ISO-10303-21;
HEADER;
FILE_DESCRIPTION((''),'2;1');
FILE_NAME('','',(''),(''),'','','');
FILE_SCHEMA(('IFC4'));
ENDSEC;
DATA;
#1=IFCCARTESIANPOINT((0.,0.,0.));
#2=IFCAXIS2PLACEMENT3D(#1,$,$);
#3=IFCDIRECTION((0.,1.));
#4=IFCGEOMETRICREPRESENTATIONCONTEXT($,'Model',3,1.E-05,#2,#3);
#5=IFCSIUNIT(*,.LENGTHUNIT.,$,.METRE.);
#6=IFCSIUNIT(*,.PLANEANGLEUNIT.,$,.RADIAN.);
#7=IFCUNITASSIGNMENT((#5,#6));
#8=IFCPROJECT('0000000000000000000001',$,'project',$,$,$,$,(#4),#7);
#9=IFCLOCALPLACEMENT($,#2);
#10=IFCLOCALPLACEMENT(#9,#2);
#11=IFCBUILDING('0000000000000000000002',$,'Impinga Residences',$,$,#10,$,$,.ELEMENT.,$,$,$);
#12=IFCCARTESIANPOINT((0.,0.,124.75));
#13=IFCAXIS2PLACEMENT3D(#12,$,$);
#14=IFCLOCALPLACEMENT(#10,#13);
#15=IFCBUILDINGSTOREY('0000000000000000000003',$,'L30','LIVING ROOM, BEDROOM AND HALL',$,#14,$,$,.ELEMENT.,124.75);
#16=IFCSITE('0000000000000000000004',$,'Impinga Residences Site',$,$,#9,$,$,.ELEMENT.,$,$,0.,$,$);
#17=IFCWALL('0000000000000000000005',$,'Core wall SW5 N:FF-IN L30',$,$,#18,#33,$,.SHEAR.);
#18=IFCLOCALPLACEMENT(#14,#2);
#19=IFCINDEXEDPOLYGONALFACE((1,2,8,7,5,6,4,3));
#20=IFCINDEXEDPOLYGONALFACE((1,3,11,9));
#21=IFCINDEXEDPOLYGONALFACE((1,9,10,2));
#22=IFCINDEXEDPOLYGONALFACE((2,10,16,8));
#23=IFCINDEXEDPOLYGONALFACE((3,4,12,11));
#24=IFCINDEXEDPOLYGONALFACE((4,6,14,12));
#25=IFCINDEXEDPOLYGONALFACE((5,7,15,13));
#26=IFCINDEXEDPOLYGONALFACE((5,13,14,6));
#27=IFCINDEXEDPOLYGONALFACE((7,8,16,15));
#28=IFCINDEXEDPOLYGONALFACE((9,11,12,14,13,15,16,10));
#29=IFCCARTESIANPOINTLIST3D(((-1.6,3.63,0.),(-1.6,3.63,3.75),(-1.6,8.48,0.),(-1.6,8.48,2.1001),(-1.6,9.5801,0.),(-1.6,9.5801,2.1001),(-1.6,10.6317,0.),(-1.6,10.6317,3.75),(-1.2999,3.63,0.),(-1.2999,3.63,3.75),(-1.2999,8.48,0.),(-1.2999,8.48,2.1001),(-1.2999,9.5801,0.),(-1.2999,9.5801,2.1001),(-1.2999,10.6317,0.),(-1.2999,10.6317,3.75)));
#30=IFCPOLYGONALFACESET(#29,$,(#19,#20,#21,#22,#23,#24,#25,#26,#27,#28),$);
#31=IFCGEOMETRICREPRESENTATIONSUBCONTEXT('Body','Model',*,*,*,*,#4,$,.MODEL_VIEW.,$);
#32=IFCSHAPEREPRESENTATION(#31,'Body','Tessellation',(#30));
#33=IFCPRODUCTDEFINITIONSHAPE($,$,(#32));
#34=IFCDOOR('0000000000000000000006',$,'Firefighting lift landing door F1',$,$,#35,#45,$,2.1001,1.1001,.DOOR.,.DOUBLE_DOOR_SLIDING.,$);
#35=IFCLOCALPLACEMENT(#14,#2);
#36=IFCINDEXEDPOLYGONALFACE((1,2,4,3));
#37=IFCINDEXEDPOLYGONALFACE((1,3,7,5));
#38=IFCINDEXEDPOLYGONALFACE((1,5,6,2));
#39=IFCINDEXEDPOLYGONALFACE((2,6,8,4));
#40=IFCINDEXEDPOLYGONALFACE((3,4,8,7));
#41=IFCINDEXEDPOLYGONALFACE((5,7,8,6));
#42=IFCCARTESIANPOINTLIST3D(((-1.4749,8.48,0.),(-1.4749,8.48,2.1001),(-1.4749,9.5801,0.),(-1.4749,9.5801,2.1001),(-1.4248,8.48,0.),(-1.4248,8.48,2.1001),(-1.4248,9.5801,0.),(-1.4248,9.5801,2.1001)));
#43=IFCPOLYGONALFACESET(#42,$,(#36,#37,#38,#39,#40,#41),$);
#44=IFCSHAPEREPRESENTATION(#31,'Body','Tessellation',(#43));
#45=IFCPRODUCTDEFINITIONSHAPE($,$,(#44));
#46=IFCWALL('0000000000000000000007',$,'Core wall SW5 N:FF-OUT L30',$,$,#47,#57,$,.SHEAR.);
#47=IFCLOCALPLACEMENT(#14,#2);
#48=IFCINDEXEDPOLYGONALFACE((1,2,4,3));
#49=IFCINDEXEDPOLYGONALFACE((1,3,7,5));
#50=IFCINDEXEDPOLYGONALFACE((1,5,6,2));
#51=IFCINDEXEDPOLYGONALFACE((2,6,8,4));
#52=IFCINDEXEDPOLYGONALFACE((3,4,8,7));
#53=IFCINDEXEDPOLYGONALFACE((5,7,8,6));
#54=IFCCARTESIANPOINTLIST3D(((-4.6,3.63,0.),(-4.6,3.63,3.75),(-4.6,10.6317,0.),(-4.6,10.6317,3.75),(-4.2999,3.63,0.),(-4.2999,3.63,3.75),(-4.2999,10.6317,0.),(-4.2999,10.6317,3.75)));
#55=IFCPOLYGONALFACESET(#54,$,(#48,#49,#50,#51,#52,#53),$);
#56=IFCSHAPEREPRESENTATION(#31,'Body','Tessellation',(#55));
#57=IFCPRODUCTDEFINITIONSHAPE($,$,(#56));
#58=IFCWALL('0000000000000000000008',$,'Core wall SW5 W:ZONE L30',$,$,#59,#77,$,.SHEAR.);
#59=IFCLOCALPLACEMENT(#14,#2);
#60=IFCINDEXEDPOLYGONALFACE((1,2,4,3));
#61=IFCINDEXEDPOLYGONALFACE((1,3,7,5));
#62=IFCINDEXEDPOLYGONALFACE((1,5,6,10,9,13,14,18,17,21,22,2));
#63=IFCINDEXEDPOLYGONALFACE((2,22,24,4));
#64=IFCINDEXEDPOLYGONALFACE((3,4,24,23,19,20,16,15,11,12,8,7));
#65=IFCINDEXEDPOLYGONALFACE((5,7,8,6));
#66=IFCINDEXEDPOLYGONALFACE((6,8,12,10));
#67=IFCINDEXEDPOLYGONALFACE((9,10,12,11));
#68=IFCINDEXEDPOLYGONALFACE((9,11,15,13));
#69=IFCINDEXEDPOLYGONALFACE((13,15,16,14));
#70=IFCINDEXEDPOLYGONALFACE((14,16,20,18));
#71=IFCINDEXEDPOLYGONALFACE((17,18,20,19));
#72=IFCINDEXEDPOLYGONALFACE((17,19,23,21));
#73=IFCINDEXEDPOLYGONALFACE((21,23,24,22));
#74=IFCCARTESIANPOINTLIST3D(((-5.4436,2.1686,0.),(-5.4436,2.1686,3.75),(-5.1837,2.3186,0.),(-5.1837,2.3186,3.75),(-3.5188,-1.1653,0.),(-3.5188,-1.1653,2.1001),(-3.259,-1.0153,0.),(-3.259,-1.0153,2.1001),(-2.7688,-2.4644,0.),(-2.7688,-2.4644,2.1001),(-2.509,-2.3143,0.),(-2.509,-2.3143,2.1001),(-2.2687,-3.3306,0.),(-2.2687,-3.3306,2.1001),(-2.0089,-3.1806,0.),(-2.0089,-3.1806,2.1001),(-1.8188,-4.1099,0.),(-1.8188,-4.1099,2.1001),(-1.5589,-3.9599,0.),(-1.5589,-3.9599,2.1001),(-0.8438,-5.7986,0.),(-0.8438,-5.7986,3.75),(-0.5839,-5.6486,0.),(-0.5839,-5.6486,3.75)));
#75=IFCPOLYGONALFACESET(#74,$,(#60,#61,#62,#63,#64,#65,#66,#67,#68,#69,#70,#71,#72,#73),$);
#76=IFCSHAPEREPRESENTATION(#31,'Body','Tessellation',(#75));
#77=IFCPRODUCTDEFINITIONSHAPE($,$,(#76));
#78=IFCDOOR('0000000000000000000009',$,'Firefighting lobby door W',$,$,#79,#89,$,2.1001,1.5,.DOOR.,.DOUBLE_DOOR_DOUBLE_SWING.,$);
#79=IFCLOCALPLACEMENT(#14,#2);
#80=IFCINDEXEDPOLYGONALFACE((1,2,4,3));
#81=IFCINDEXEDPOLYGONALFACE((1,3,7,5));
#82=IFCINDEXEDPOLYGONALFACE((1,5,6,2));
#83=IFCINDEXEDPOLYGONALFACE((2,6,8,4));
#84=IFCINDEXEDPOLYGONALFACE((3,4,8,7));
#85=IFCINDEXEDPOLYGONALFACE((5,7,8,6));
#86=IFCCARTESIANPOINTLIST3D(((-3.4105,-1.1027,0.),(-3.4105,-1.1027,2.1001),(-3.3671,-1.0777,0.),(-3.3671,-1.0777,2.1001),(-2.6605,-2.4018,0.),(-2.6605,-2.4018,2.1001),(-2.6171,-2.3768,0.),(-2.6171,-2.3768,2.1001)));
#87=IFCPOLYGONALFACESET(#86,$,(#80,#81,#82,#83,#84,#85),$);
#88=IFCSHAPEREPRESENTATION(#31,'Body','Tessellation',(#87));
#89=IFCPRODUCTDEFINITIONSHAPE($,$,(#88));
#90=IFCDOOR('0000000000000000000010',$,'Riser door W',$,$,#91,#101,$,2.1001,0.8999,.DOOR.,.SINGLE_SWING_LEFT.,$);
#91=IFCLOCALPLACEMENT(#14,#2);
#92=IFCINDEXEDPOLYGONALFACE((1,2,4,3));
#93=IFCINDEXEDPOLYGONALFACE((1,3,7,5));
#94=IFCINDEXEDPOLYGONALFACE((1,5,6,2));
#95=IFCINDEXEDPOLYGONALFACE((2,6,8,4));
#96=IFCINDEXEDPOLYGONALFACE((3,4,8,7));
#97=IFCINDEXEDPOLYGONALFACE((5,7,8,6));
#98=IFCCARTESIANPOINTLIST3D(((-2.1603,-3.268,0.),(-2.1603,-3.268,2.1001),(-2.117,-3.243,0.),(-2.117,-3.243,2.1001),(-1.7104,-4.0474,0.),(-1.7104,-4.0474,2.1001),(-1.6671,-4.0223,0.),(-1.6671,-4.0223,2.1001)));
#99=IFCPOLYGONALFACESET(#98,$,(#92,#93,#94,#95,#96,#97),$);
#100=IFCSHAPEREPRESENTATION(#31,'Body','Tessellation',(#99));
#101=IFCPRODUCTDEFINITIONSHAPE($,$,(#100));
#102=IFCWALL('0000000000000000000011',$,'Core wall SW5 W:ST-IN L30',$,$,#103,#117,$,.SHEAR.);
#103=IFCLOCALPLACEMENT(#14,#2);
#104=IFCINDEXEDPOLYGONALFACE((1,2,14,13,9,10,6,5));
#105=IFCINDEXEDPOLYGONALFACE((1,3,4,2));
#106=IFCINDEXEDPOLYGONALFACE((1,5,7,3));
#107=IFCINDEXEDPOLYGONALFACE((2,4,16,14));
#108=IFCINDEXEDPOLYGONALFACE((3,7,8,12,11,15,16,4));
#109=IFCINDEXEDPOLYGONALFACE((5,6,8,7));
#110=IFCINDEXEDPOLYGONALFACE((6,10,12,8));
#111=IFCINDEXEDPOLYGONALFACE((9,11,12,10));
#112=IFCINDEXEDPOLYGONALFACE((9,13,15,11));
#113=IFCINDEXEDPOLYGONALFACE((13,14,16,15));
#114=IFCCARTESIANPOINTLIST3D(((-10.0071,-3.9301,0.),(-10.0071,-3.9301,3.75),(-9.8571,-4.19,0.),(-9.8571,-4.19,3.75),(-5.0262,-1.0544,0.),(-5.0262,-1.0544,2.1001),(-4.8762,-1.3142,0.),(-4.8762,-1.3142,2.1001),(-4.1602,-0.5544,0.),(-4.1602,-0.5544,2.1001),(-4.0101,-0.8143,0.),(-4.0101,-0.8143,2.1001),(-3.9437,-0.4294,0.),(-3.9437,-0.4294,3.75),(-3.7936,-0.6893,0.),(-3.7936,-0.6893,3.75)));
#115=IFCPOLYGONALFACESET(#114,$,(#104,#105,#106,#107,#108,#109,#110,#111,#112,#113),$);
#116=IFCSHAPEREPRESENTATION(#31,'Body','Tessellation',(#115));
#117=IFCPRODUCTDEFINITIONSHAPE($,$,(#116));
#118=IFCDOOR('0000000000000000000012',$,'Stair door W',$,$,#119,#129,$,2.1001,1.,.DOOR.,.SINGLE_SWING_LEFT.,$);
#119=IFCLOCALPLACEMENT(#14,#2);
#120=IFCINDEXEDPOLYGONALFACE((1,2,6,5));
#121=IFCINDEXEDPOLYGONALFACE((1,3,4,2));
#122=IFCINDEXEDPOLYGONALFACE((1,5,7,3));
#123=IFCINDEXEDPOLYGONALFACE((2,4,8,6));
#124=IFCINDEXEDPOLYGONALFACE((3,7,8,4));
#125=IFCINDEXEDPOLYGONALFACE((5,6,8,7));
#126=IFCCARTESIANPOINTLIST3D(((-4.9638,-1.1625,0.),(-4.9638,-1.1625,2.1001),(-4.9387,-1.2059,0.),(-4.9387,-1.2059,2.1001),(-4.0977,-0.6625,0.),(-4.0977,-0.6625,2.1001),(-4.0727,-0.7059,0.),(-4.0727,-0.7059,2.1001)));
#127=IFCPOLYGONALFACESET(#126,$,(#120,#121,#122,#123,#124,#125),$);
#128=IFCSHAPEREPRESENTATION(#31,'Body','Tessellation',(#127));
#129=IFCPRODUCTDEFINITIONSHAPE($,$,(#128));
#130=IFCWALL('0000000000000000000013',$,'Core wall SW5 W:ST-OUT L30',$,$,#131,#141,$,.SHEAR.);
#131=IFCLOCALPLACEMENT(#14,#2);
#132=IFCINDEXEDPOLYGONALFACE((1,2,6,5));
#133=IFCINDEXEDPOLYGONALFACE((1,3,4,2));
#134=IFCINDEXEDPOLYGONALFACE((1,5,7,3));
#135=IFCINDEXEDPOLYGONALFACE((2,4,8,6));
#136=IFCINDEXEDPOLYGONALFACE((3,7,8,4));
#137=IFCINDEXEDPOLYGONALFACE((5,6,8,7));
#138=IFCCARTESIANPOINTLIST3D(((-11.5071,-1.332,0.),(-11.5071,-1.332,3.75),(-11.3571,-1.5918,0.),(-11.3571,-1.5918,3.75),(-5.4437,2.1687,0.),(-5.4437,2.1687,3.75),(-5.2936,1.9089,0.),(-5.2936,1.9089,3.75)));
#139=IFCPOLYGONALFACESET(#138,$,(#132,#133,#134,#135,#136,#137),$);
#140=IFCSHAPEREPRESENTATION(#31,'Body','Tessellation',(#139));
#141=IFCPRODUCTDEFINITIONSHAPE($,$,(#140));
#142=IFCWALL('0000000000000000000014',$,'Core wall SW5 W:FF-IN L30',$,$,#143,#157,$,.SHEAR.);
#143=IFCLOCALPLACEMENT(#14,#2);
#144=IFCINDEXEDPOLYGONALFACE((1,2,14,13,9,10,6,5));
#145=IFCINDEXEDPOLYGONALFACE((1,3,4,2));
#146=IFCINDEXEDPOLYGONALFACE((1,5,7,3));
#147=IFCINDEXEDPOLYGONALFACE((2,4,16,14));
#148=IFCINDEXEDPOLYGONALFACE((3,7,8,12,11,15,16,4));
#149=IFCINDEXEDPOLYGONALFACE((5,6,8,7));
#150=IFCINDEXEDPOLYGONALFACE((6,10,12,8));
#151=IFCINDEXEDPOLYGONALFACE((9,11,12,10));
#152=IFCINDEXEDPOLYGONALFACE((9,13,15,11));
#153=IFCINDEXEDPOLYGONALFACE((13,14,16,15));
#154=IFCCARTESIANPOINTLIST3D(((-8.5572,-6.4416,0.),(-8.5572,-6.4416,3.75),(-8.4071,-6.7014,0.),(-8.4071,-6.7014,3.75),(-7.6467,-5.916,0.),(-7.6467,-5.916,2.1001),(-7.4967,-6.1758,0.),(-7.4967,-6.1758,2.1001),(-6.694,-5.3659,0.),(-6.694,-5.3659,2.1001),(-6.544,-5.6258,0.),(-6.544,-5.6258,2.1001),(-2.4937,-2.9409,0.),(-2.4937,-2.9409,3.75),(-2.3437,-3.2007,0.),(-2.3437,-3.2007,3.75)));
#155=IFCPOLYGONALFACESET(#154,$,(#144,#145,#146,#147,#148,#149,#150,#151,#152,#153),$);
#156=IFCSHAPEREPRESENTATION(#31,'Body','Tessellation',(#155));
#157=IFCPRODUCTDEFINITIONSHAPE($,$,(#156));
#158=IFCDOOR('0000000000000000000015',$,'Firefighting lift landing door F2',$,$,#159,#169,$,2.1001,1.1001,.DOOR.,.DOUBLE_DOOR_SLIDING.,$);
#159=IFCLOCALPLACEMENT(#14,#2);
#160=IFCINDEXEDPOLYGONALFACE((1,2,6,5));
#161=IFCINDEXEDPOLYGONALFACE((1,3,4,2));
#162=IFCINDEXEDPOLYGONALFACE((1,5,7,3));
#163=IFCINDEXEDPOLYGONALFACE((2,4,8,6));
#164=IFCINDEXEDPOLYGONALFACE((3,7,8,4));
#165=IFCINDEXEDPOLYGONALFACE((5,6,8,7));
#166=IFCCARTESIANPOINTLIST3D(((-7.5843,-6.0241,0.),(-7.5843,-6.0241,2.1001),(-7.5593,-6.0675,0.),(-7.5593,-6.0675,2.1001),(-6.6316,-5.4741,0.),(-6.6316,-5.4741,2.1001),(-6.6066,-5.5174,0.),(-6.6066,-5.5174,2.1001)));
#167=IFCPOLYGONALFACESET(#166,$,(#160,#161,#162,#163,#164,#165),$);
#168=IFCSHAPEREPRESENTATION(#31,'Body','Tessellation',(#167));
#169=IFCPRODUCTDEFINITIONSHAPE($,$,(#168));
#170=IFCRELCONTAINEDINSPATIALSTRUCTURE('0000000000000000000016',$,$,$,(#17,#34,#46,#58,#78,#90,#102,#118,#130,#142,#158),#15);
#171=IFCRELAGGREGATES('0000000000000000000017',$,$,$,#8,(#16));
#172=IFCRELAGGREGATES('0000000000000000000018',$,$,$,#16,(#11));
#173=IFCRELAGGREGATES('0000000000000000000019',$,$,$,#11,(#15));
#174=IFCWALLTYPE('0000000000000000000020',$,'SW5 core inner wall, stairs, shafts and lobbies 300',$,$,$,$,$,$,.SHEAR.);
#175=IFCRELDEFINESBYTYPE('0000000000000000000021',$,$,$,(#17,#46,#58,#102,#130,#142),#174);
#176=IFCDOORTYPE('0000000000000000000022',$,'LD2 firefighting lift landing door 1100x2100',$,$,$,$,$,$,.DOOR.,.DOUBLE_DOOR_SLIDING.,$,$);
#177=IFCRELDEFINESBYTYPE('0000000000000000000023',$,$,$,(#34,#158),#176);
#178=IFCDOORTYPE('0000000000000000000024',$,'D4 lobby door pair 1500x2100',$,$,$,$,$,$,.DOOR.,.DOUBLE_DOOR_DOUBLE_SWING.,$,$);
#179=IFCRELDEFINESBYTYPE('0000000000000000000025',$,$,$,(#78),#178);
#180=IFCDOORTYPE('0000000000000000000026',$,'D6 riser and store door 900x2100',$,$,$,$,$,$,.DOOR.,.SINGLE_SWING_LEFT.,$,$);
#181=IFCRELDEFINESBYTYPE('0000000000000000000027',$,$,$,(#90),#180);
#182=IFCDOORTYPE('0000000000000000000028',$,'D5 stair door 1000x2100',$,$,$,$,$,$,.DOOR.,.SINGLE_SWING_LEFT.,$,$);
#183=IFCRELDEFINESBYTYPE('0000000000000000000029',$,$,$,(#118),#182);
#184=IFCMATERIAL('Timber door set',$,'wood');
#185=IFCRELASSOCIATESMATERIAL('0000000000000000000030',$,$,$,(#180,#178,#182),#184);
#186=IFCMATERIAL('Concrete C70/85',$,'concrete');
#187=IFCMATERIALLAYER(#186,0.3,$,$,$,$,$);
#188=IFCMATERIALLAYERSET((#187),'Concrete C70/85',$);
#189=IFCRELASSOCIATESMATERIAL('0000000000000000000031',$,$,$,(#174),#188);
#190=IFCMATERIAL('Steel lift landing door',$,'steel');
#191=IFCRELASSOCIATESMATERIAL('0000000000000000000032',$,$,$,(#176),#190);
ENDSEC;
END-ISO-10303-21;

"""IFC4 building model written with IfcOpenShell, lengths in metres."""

from ifc_helpers import new_model, si_unit, direction, frame, frame_2d, origin, place, context, subcontext, project, spatial, rectangle, extrude, material, layer, layer_set, type_object, element, fill, save


model = new_model("IFC4")

# Units and contexts
model_context = context("Model", 3, precision=1e-05, world=origin(), true_north=direction((0.0, 1.0)))
body_context = subcontext(model_context, "Body", "Model", "MODEL_VIEW")
ifc_project = project(units=[si_unit("LENGTHUNIT", "METRE"), si_unit("PLANEANGLEUNIT", "RADIAN")], contexts=[model_context])

# Site, building, storey
site_placement = place(None, origin())
site = spatial("IfcSite", under=ifc_project, at=site_placement, Name="Impinga Residences Site", CompositionType="ELEMENT", RefElevation=0.0)
building_placement = place(site_placement, origin())
building = spatial("IfcBuilding", under=site, at=building_placement, Name="Impinga Residences", CompositionType="ELEMENT")
storey_placement = place(building_placement, frame((0.0, 0.0, 124.75)))
storey = spatial("IfcBuildingStorey", under=building, at=storey_placement, Name="L30", Description="LIVING ROOM, BEDROOM AND HALL", CompositionType="ELEMENT", Elevation=124.75)

# Shared definitions
ifc_material_1 = material(Name="Timber door set", Category="wood")
door_type_1 = type_object("IfcDoorType", Name="D6 riser and store door 900x2100", OperationType="SINGLE_SWING_LEFT", PredefinedType="DOOR", material=ifc_material_1)

# Shared definitions
ifc_material_2 = material(Name="Concrete C70/85", Category="concrete")
ifc_layer_1 = layer(ifc_material_2, 0.3)
ifc_layer_set_1 = layer_set([ifc_layer_1], Name="Concrete C70/85")
wall_type_1 = type_object("IfcWallType", Name="SW5 core inner wall, stairs, shafts and lobbies 300", PredefinedType="SHEAR", material=ifc_layer_set_1)
door_type_2 = type_object("IfcDoorType", Name="D4 lobby door pair 1500x2100", OperationType="DOUBLE_DOOR_DOUBLE_SWING", PredefinedType="DOOR", material=ifc_material_1)

# Wall, opening, door
wall_1_placement = place(storey_placement, frame((-1.45, 3.6299, 0.0), z_axis=(0.0, 0.0, 1.0), x_axis=(0.0, 1.0, 0.0)))
wall_1 = element("IfcWall", 1, at=wall_1_placement, inside=storey, type_object=wall_type_1, Name="Core wall SW5 N:FF-IN L30", PredefinedType="SHEAR", context=body_context, shape_type="SweptSolid", body=[
    extrude(rectangle(XDim=7.0017, YDim=0.3, at=frame_2d((3.501, 0.0))), origin(), (0.0, 0.0, 1.0), 3.75),
])
opening_1_placement = place(wall_1_placement, frame((4.8501, 0.0, 0.0)))
opening_1 = element("IfcOpeningElement", 2, at=opening_1_placement, cuts=wall_1, PredefinedType="OPENING", context=body_context, shape_type="SweptSolid", body=[
    extrude(rectangle(XDim=1.1001, YDim=2.1001, at=frame_2d((0.55, 1.05))), frame((0.0, 0.1599, 0.0), z_axis=(0.0, -1.0, 0.0), x_axis=(1.0, 0.0, 0.0)), (0.0, 0.0, 1.0), 0.3201),
])
ifc_material_3 = material(Name="Steel lift landing door", Category="steel")
door_type_3 = type_object("IfcDoorType", Name="LD2 firefighting lift landing door 1100x2100", OperationType="DOUBLE_DOOR_SLIDING", PredefinedType="DOOR", material=ifc_material_3)
door_1_placement = place(opening_1_placement, origin())
door_1 = element("IfcDoor", 3, at=door_1_placement, inside=storey, type_object=door_type_3, Name="Firefighting lift landing door F1", OperationType="DOUBLE_DOOR_SLIDING", OverallHeight=2.1001, OverallWidth=1.1001, PredefinedType="DOOR", context=body_context, shape_type="SweptSolid", body=[
    extrude(rectangle(XDim=1.1001, YDim=2.1001, at=frame_2d((0.55, 1.05))), frame((0.0, 0.0249, 0.0), z_axis=(0.0, -1.0, 0.0), x_axis=(1.0, 0.0, 0.0)), (0.0, 0.0, 1.0), 0.05),
])
fill(opening_1, door_1)

# Wall
wall_2_placement = place(storey_placement, frame((-4.45, 3.6299, 0.0), z_axis=(0.0, 0.0, 1.0), x_axis=(0.0, 1.0, 0.0)))
element("IfcWall", 4, at=wall_2_placement, inside=storey, type_object=wall_type_1, Name="Core wall SW5 N:FF-OUT L30", PredefinedType="SHEAR", context=body_context, shape_type="SweptSolid", body=[
    extrude(rectangle(XDim=7.0017, YDim=0.3, at=frame_2d((3.501, 0.0))), origin(), (0.0, 0.0, 1.0), 3.75),
])

# Wall, openings, doors
wall_3_placement = place(storey_placement, frame((-0.7139, -5.7236, 0.0), z_axis=(0.0, 0.0, 1.0), x_axis=(-0.499995, 0.866028, 0.0)))
wall_3 = element("IfcWall", 5, at=wall_3_placement, inside=storey, type_object=wall_type_1, Name="Core wall SW5 W:ZONE L30", PredefinedType="SHEAR", context=body_context, shape_type="SweptSolid", body=[
    extrude(rectangle(XDim=9.1997, YDim=0.3, at=frame_2d((4.5999, 0.0))), origin(), (0.0, 0.0, 1.0), 3.75),
])
opening_2_placement = place(wall_3_placement, frame((3.8501, 0.0, 0.0)))
opening_2 = element("IfcOpeningElement", 6, at=opening_2_placement, cuts=wall_3, PredefinedType="OPENING", context=body_context, shape_type="SweptSolid", body=[
    extrude(rectangle(XDim=1.5, YDim=2.1001, at=frame_2d((0.75, 1.05))), frame((0.0, 0.1599, 0.0), z_axis=(0.0, -1.0, 0.0), x_axis=(1.0, 0.0, 0.0)), (0.0, 0.0, 1.0), 0.3201),
])
opening_3_placement = place(wall_3_placement, frame((1.95, 0.0, 0.0)))
opening_3 = element("IfcOpeningElement", 7, at=opening_3_placement, cuts=wall_3, PredefinedType="OPENING", context=body_context, shape_type="SweptSolid", body=[
    extrude(rectangle(XDim=0.8999, YDim=2.1001, at=frame_2d((0.45, 1.05))), frame((0.0, 0.1599, 0.0), z_axis=(0.0, -1.0, 0.0), x_axis=(1.0, 0.0, 0.0)), (0.0, 0.0, 1.0), 0.3201),
])
door_2_placement = place(opening_2_placement, origin())
door_2 = element("IfcDoor", 8, at=door_2_placement, inside=storey, type_object=door_type_2, Name="Firefighting lobby door W", OperationType="DOUBLE_DOOR_DOUBLE_SWING", OverallHeight=2.1001, OverallWidth=1.5, PredefinedType="DOOR", context=body_context, shape_type="SweptSolid", body=[
    extrude(rectangle(XDim=1.5, YDim=2.1001, at=frame_2d((0.75, 1.05))), frame((0.0, 0.0249, 0.0), z_axis=(0.0, -1.0, 0.0), x_axis=(1.0, 0.0, 0.0)), (0.0, 0.0, 1.0), 0.05),
])
fill(opening_2, door_2)
door_3_placement = place(opening_3_placement, origin())
door_3 = element("IfcDoor", 9, at=door_3_placement, inside=storey, type_object=door_type_1, Name="Riser door W", OperationType="SINGLE_SWING_LEFT", OverallHeight=2.1001, OverallWidth=0.8999, PredefinedType="DOOR", context=body_context, shape_type="SweptSolid", body=[
    extrude(rectangle(XDim=0.8999, YDim=2.1001, at=frame_2d((0.45, 1.05))), frame((0.0, 0.0249, 0.0), z_axis=(0.0, -1.0, 0.0), x_axis=(1.0, 0.0, 0.0)), (0.0, 0.0, 1.0), 0.05),
])
fill(opening_3, door_3)

# Wall, opening, door
wall_4_placement = place(storey_placement, frame((-3.8687, -0.5593, 0.0), z_axis=(0.0, 0.0, 1.0), x_axis=(-0.866026, -0.499998, 0.0)))
wall_4 = element("IfcWall", 10, at=wall_4_placement, inside=storey, type_object=wall_type_1, Name="Core wall SW5 W:ST-IN L30", PredefinedType="SHEAR", context=body_context, shape_type="SweptSolid", body=[
    extrude(rectangle(XDim=7.0015, YDim=0.3, at=frame_2d((3.5007, 0.0))), origin(), (0.0, 0.0, 1.0), 3.75),
])
opening_4_placement = place(wall_4_placement, frame((0.25, 0.0, 0.0)))
opening_4 = element("IfcOpeningElement", 11, at=opening_4_placement, cuts=wall_4, PredefinedType="OPENING", context=body_context, shape_type="SweptSolid", body=[
    extrude(rectangle(XDim=1.0, YDim=2.1001, at=frame_2d((0.5, 1.05))), frame((0.0, 0.1599, 0.0), z_axis=(0.0, -1.0, 0.0), x_axis=(1.0, 0.0, 0.0)), (0.0, 0.0, 1.0), 0.3201),
])
door_type_4 = type_object("IfcDoorType", Name="D5 stair door 1000x2100", OperationType="SINGLE_SWING_LEFT", PredefinedType="DOOR", material=ifc_material_1)
door_4_placement = place(opening_4_placement, origin())
door_4 = element("IfcDoor", 12, at=door_4_placement, inside=storey, type_object=door_type_4, Name="Stair door W", OperationType="SINGLE_SWING_LEFT", OverallHeight=2.1001, OverallWidth=1.0, PredefinedType="DOOR", context=body_context, shape_type="SweptSolid", body=[
    extrude(rectangle(XDim=1.0, YDim=2.1001, at=frame_2d((0.5, 1.05))), frame((0.0, 0.0249, 0.0), z_axis=(0.0, -1.0, 0.0), x_axis=(1.0, 0.0, 0.0)), (0.0, 0.0, 1.0), 0.05),
])
fill(opening_4, door_4)

# Wall
wall_5_placement = place(storey_placement, frame((-5.3687, 2.0388, 0.0), z_axis=(0.0, 0.0, 1.0), x_axis=(-0.866026, -0.499998, 0.0)))
element("IfcWall", 13, at=wall_5_placement, inside=storey, type_object=wall_type_1, Name="Core wall SW5 W:ST-OUT L30", PredefinedType="SHEAR", context=body_context, shape_type="SweptSolid", body=[
    extrude(rectangle(XDim=7.0015, YDim=0.3, at=frame_2d((3.5007, 0.0))), origin(), (0.0, 0.0, 1.0), 3.75),
])

# Wall, opening, door
wall_6_placement = place(storey_placement, frame((-2.4187, -3.0708, 0.0), z_axis=(0.0, 0.0, 1.0), x_axis=(-0.866026, -0.499998, 0.0)))
wall_6 = element("IfcWall", 14, at=wall_6_placement, inside=storey, type_object=wall_type_1, Name="Core wall SW5 W:FF-IN L30", PredefinedType="SHEAR", context=body_context, shape_type="SweptSolid", body=[
    extrude(rectangle(XDim=7.0015, YDim=0.3, at=frame_2d((3.5007, 0.0))), origin(), (0.0, 0.0, 1.0), 3.75),
])
opening_5_placement = place(wall_6_placement, frame((4.8501, 0.0, 0.0)))
opening_5 = element("IfcOpeningElement", 15, at=opening_5_placement, cuts=wall_6, PredefinedType="OPENING", context=body_context, shape_type="SweptSolid", body=[
    extrude(rectangle(XDim=1.1001, YDim=2.1001, at=frame_2d((0.55, 1.05))), frame((0.0, 0.1599, 0.0), z_axis=(0.0, -1.0, 0.0), x_axis=(1.0, 0.0, 0.0)), (0.0, 0.0, 1.0), 0.3201),
])
door_5_placement = place(opening_5_placement, origin())
door_5 = element("IfcDoor", 16, at=door_5_placement, inside=storey, type_object=door_type_3, Name="Firefighting lift landing door F2", OperationType="DOUBLE_DOOR_SLIDING", OverallHeight=2.1001, OverallWidth=1.1001, PredefinedType="DOOR", context=body_context, shape_type="SweptSolid", body=[
    extrude(rectangle(XDim=1.1001, YDim=2.1001, at=frame_2d((0.55, 1.05))), frame((0.0, 0.0249, 0.0), z_axis=(0.0, -1.0, 0.0), x_axis=(1.0, 0.0, 0.0)), (0.0, 0.0, 1.0), 0.05),
])
fill(opening_5, door_5)

save(model, "model.ifc")
